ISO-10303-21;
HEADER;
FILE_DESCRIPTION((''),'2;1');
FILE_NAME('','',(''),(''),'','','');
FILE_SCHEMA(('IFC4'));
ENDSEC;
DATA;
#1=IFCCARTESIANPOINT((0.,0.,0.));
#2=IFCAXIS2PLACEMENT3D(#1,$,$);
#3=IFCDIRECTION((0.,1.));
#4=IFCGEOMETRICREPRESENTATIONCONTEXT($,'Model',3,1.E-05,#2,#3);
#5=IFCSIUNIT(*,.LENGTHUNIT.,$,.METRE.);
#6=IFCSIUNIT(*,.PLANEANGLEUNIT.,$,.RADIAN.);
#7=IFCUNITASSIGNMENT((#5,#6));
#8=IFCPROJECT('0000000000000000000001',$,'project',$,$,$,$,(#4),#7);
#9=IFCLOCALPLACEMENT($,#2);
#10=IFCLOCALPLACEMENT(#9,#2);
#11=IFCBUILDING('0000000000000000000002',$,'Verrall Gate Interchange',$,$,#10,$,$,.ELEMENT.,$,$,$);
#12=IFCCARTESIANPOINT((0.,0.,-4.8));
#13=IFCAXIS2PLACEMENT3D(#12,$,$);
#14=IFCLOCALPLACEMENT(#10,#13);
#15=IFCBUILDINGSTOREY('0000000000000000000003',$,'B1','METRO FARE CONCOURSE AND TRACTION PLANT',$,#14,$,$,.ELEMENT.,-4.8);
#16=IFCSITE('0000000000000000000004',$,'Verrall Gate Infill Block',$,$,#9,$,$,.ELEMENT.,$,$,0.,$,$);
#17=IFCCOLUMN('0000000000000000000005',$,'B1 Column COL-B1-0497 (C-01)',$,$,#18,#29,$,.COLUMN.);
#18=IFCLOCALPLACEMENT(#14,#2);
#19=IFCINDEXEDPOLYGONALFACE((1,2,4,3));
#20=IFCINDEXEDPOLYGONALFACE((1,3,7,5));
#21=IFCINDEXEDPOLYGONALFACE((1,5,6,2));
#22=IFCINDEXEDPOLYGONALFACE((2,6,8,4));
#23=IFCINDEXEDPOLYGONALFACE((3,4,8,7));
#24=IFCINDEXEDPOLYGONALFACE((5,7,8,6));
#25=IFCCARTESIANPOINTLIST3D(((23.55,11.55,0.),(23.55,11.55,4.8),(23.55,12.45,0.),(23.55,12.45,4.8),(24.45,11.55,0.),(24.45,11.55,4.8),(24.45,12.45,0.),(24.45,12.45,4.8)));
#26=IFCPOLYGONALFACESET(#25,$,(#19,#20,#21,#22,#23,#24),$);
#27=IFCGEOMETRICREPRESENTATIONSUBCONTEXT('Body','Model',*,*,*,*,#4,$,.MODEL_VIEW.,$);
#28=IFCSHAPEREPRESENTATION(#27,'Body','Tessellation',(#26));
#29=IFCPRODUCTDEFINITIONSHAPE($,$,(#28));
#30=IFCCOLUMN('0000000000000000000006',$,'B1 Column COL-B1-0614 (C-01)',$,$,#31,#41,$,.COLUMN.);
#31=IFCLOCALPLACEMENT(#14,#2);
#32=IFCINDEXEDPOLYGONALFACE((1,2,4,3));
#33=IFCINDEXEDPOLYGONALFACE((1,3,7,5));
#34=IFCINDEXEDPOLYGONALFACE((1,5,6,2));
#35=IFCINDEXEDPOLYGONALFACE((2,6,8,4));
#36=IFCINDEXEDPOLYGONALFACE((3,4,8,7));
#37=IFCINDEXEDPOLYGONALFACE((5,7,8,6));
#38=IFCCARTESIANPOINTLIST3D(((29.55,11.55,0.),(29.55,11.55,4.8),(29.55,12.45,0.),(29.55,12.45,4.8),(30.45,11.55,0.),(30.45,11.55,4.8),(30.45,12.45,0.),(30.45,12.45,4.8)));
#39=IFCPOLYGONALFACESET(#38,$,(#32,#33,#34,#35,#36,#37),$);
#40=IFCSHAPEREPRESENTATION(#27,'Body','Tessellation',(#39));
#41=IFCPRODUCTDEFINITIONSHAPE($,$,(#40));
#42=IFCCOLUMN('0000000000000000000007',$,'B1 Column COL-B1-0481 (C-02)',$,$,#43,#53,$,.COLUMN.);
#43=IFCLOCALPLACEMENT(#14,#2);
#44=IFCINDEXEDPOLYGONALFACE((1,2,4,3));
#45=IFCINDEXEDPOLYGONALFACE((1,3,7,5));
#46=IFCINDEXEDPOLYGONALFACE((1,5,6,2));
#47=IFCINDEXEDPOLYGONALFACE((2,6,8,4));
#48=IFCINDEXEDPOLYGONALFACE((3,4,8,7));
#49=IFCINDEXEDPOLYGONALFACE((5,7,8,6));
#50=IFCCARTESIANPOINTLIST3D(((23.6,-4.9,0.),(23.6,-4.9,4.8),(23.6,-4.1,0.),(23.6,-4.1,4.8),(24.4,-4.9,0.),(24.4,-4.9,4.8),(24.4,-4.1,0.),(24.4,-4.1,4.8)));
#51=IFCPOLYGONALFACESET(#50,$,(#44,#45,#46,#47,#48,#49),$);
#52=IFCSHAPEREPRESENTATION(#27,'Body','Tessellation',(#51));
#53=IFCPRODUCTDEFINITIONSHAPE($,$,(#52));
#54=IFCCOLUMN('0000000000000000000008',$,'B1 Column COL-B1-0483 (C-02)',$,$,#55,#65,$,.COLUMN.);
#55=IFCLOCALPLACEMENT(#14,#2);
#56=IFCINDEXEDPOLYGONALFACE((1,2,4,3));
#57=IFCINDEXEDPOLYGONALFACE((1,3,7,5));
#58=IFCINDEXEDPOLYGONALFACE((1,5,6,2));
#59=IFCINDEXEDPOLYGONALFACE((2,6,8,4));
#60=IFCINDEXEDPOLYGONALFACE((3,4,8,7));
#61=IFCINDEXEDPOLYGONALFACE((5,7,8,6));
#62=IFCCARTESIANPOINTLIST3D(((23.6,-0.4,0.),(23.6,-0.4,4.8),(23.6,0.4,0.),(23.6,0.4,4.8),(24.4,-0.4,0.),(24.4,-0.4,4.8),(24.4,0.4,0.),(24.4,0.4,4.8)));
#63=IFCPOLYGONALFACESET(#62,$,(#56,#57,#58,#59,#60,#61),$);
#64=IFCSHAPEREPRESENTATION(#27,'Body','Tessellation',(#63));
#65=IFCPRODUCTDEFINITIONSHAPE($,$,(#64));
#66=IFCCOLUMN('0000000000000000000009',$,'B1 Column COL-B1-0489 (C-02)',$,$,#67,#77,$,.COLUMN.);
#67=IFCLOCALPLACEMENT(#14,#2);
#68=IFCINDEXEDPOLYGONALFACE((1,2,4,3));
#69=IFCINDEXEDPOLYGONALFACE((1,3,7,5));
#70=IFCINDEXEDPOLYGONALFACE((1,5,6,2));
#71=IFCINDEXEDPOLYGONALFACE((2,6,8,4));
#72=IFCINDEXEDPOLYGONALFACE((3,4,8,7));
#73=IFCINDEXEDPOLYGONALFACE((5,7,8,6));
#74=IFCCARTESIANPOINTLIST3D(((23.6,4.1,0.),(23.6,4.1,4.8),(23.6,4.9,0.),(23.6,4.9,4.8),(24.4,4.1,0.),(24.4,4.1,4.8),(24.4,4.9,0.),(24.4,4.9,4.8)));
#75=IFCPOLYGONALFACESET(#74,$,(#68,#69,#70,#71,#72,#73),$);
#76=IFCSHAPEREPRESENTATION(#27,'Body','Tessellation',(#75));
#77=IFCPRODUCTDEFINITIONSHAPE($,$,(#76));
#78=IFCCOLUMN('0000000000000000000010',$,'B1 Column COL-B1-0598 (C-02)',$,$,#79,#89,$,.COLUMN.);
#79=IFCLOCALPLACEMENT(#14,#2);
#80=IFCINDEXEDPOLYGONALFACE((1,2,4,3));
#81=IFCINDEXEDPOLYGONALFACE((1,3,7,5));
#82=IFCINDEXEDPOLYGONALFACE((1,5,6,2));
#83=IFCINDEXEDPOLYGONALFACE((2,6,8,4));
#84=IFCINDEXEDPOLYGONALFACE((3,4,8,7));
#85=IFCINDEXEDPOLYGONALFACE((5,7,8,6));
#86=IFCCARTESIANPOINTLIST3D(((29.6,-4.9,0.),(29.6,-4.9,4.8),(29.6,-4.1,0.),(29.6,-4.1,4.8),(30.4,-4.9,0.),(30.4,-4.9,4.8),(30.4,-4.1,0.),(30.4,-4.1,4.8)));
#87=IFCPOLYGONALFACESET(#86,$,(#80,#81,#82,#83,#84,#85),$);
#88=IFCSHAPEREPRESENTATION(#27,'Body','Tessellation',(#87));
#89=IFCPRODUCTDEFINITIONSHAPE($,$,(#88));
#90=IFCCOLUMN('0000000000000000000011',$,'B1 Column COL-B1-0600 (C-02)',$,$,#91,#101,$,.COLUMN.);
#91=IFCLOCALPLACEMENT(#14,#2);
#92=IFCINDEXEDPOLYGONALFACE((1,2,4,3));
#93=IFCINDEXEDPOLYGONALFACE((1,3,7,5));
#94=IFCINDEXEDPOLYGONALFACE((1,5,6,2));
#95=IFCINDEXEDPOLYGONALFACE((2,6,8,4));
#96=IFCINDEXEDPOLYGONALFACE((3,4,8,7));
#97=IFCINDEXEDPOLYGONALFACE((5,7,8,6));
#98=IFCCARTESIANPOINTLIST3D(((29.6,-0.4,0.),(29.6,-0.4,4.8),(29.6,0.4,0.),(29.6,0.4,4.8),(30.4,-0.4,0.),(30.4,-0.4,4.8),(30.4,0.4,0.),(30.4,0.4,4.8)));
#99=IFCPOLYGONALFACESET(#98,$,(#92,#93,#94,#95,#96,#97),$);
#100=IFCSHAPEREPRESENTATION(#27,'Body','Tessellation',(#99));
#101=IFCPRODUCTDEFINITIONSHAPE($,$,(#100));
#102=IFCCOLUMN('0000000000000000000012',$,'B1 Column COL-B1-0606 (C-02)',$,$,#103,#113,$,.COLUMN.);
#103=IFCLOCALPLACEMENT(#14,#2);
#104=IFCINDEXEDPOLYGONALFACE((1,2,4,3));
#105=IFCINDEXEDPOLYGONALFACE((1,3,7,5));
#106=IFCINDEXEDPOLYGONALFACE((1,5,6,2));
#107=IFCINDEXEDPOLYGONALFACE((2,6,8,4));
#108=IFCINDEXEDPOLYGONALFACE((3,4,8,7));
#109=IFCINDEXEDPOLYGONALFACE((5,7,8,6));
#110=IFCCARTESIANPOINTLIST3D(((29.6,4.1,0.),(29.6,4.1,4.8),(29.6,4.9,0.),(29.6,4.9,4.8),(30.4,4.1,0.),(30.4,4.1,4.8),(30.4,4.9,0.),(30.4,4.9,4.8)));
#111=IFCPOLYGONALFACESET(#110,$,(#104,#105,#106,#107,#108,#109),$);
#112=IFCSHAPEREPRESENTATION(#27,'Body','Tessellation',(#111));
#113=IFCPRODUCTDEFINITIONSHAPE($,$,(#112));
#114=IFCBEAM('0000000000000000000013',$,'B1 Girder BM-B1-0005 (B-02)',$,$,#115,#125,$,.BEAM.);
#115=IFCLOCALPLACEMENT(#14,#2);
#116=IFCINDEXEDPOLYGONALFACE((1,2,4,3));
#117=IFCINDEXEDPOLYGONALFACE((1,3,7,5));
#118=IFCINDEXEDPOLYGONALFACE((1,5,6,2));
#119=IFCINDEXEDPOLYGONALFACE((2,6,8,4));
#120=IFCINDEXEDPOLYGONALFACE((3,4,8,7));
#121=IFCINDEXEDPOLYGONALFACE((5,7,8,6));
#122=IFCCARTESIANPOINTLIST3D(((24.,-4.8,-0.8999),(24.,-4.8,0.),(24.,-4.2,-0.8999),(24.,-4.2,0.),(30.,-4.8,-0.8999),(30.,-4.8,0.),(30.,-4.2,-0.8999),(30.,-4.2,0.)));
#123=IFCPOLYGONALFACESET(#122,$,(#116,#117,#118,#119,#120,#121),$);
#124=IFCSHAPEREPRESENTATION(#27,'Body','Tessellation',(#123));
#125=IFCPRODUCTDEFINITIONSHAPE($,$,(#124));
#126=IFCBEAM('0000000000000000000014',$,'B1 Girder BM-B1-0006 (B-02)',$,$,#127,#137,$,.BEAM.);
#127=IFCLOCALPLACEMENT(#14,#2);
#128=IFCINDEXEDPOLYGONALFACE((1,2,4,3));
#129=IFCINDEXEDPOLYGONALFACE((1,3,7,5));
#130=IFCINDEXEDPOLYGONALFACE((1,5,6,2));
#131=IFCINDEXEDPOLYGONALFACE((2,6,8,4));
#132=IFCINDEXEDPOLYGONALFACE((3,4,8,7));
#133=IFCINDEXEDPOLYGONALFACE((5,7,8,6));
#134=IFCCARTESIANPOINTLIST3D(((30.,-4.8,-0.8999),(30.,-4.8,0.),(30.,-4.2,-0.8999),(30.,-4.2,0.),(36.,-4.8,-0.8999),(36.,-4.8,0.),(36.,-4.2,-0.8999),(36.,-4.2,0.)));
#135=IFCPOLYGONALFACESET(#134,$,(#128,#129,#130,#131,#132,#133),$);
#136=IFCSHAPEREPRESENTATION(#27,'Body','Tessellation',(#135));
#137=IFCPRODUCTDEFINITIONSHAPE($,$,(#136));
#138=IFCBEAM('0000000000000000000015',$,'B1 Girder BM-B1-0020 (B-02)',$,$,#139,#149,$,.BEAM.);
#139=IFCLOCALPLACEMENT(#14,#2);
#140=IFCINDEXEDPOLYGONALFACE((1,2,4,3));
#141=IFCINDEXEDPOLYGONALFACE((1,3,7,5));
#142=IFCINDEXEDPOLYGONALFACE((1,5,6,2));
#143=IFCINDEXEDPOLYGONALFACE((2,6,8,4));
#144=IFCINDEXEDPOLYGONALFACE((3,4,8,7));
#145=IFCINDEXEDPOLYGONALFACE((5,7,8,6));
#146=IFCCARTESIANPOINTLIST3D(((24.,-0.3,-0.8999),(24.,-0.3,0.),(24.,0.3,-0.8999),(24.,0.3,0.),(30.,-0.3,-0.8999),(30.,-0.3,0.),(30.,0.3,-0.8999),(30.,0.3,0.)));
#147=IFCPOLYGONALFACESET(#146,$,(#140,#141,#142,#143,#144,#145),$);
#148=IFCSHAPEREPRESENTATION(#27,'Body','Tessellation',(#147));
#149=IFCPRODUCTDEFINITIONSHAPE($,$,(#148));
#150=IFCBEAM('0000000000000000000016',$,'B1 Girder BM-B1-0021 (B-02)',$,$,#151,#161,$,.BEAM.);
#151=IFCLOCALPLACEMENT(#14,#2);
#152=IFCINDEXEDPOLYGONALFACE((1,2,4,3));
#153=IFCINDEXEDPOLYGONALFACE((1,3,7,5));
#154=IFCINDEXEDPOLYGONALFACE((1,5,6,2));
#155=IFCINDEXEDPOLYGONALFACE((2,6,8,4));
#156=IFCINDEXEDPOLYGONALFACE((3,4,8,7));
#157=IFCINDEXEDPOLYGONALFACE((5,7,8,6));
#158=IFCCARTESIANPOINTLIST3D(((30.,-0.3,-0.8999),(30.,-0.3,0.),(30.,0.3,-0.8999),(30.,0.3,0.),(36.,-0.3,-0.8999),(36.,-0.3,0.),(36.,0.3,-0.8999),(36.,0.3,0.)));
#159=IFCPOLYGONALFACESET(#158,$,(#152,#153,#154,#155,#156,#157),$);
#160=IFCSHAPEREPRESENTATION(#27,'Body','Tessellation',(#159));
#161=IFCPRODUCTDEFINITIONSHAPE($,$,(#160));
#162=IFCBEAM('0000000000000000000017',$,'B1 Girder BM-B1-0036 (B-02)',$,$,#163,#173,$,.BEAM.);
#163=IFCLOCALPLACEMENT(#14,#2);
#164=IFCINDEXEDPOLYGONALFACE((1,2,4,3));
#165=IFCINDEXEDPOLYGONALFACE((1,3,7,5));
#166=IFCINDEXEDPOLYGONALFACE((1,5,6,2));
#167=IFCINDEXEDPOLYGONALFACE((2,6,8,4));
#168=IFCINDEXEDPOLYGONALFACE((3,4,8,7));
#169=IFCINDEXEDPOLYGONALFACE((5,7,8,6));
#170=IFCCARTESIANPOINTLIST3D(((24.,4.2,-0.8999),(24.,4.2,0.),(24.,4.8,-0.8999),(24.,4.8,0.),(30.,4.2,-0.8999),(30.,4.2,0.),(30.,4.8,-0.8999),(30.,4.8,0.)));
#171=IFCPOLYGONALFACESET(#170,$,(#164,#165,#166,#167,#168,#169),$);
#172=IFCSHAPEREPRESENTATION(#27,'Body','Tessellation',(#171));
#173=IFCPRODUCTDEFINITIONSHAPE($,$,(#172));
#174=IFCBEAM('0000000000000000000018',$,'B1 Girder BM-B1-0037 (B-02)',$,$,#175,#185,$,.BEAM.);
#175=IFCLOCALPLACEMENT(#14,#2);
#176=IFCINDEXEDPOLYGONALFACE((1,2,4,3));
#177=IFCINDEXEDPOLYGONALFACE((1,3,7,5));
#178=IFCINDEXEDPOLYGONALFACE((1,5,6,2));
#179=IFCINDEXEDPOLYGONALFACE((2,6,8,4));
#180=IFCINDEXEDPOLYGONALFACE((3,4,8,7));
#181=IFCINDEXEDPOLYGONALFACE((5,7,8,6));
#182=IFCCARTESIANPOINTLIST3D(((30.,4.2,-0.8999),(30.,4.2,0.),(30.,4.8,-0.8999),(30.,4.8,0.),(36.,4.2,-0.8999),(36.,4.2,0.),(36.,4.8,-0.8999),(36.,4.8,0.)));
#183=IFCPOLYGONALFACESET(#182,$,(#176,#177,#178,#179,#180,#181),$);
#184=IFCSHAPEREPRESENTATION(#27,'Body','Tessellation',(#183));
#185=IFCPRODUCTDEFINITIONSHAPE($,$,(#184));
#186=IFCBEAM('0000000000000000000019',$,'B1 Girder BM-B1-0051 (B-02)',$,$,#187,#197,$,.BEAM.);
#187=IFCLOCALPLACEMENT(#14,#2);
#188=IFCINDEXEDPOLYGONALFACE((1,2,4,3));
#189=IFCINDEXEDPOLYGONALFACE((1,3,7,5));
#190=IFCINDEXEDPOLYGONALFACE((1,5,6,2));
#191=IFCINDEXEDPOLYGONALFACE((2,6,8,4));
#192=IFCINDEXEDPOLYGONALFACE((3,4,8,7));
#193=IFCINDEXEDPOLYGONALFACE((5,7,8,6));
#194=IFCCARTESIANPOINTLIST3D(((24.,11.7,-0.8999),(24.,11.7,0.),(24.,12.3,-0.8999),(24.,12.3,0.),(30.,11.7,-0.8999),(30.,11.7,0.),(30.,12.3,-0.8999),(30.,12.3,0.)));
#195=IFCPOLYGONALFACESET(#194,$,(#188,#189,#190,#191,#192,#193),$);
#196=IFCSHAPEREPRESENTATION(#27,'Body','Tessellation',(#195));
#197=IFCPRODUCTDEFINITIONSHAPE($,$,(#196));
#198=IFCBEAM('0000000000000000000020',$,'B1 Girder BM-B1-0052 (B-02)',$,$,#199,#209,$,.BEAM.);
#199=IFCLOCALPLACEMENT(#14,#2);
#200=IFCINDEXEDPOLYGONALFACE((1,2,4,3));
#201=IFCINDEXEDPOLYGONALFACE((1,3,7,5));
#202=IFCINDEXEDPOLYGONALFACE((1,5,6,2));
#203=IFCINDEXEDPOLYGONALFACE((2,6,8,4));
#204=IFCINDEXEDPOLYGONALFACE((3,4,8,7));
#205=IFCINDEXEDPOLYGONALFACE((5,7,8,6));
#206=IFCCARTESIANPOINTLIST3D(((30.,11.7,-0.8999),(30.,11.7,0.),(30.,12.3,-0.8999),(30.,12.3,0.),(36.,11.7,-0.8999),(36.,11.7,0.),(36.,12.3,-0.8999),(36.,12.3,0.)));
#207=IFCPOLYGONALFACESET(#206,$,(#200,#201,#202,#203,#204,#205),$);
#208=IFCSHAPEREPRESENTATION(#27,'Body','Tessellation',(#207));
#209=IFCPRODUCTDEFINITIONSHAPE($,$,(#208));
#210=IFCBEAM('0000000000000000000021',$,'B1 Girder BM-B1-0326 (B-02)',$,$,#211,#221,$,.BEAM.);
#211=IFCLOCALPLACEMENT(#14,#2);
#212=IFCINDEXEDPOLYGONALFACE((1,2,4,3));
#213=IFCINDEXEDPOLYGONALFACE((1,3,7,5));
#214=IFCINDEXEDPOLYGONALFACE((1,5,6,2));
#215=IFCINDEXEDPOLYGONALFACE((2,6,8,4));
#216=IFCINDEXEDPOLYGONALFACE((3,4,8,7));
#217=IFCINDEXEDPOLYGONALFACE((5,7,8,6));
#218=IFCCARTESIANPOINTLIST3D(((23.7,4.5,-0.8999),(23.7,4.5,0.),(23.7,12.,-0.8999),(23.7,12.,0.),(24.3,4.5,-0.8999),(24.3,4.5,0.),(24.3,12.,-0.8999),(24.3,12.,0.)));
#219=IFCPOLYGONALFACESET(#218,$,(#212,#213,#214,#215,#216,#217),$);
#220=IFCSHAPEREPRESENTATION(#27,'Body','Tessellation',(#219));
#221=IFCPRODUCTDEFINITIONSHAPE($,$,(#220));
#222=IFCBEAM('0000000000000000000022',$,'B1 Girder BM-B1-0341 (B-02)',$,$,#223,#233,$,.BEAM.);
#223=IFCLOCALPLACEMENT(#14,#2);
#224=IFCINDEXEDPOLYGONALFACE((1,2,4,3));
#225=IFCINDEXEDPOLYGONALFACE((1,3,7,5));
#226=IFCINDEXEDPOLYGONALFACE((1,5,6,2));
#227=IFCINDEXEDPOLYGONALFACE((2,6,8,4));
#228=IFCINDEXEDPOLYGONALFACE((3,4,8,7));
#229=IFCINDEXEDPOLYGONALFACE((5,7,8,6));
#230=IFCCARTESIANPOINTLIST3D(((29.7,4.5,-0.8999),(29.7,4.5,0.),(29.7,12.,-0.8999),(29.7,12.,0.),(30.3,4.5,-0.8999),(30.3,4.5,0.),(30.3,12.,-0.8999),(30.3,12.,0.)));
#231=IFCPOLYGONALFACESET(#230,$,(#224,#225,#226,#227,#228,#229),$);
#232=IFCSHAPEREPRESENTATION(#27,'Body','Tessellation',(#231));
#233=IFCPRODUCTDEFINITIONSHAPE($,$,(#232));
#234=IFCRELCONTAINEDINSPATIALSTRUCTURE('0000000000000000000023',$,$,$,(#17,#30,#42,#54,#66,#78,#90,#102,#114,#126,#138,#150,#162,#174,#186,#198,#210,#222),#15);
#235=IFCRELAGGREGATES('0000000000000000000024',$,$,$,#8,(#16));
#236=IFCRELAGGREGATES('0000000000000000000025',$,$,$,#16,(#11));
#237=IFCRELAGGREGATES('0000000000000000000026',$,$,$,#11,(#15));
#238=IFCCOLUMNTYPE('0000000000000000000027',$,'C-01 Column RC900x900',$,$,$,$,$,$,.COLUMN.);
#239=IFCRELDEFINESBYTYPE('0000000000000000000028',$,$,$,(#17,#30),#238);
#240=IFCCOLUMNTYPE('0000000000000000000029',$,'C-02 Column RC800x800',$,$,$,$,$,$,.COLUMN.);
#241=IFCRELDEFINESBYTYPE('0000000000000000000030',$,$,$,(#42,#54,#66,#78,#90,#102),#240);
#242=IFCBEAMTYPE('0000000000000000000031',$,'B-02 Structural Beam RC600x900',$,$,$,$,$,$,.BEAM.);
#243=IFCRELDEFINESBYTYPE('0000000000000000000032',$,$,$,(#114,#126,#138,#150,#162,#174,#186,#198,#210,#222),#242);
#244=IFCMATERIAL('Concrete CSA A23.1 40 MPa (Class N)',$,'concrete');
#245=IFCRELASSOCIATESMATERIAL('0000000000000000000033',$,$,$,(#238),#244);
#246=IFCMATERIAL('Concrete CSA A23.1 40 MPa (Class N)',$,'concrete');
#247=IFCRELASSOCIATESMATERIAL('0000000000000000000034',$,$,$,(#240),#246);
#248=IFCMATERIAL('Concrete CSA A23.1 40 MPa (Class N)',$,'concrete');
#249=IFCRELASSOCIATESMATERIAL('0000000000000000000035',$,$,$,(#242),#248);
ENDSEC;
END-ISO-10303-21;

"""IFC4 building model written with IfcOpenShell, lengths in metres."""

from ifc_helpers import new_model, si_unit, direction, frame, origin, origin_2d, place, context, subcontext, project, spatial, rectangle, extrude, material, material_profile, profile_set, type_object, element, save


model = new_model("IFC4")

# Units and contexts
model_context = context("Model", 3, precision=1e-05, world=origin(), true_north=direction((0.0, 1.0)))
body_context = subcontext(model_context, "Body", "Model", "MODEL_VIEW")
ifc_project = project(units=[si_unit("LENGTHUNIT", "METRE"), si_unit("PLANEANGLEUNIT", "RADIAN")], contexts=[model_context])

# Site, building, storey
site_placement = place(None, origin())
site = spatial("IfcSite", under=ifc_project, at=site_placement, Name="Verrall Gate Infill Block", CompositionType="ELEMENT", RefElevation=0.0)
building_placement = place(site_placement, origin())
building = spatial("IfcBuilding", under=site, at=building_placement, Name="Verrall Gate Interchange", CompositionType="ELEMENT")
storey_placement = place(building_placement, frame((0.0, 0.0, -4.8)))
storey = spatial("IfcBuildingStorey", under=building, at=storey_placement, Name="B1", Description="METRO FARE CONCOURSE AND TRACTION PLANT", CompositionType="ELEMENT", Elevation=-4.8)

# Columns
ifc_material_1 = material(Name="Concrete CSA A23.1 40 MPa (Class N)", Category="concrete")
ifc_material_profile_1 = material_profile(ifc_material_1, rectangle(XDim=0.8999, YDim=0.8999, at=origin_2d()), Name="RC900x900")
ifc_profile_set_1 = profile_set([ifc_material_profile_1], Name="Concrete CSA A23.1 40 MPa (Class N)")
column_type_1 = type_object("IfcColumnType", Name="C-01 Column RC900x900", PredefinedType="COLUMN", material=ifc_profile_set_1)
for number, where, z_axis, x_axis, name in (
    (1, (24.0, 12.0, 0.0), (0.0, 0.0, 1.0), (1.0, 0.0, 0.0), "B1 Column COL-B1-0497 (C-01)"),
    (2, (30.0, 12.0, 0.0), (0.0, 0.0, 1.0), (1.0, 0.0, 0.0), "B1 Column COL-B1-0614 (C-01)"),
):
    element("IfcColumn", number, at=place(storey_placement, frame(where, z_axis=z_axis, x_axis=x_axis)), inside=storey, type_object=column_type_1, Name=name, PredefinedType="COLUMN", context=body_context, shape_type="SweptSolid", body=[
        extrude(rectangle(XDim=0.8999, YDim=0.8999, at=origin_2d()), origin(), (0.0, 0.0, 1.0), 4.8),
    ])
ifc_material_2 = material(Name="Concrete CSA A23.1 40 MPa (Class N)", Category="concrete")
ifc_material_profile_2 = material_profile(ifc_material_2, rectangle(XDim=0.8, YDim=0.8, at=origin_2d()), Name="RC800x800")
ifc_profile_set_2 = profile_set([ifc_material_profile_2], Name="Concrete CSA A23.1 40 MPa (Class N)")
column_type_2 = type_object("IfcColumnType", Name="C-02 Column RC800x800", PredefinedType="COLUMN", material=ifc_profile_set_2)
for number, where, z_axis, x_axis, name in (
    (3, (24.0, -4.5, 0.0), (0.0, 0.0, 1.0), (1.0, 0.0, 0.0), "B1 Column COL-B1-0481 (C-02)"),
    (4, (24.0, 0.0, 0.0), (0.0, 0.0, 1.0), (1.0, 0.0, 0.0), "B1 Column COL-B1-0483 (C-02)"),
    (5, (24.0, 4.5, 0.0), (0.0, 0.0, 1.0), (1.0, 0.0, 0.0), "B1 Column COL-B1-0489 (C-02)"),
    (6, (30.0, -4.5, 0.0), (0.0, 0.0, 1.0), (1.0, 0.0, 0.0), "B1 Column COL-B1-0598 (C-02)"),
    (7, (30.0, 0.0, 0.0), (0.0, 0.0, 1.0), (1.0, 0.0, 0.0), "B1 Column COL-B1-0600 (C-02)"),
    (8, (30.0, 4.5, 0.0), (0.0, 0.0, 1.0), (1.0, 0.0, 0.0), "B1 Column COL-B1-0606 (C-02)"),
):
    element("IfcColumn", number, at=place(storey_placement, frame(where, z_axis=z_axis, x_axis=x_axis)), inside=storey, type_object=column_type_2, Name=name, PredefinedType="COLUMN", context=body_context, shape_type="SweptSolid", body=[
        extrude(rectangle(XDim=0.8, YDim=0.8, at=origin_2d()), origin(), (0.0, 0.0, 1.0), 4.8),
    ])

# Beams
ifc_material_3 = material(Name="Concrete CSA A23.1 40 MPa (Class N)", Category="concrete")
ifc_material_profile_3 = material_profile(ifc_material_3, rectangle(XDim=0.6001, YDim=0.8999, at=origin_2d()), Name="RC600x900")
ifc_profile_set_3 = profile_set([ifc_material_profile_3], Name="Concrete CSA A23.1 40 MPa (Class N)")
beam_type_1 = type_object("IfcBeamType", Name="B-02 Structural Beam RC600x900", PredefinedType="BEAM", material=ifc_profile_set_3)
for number, where, z_axis, x_axis, name in (
    (9, (24.0, -4.5, -0.45), (1.0, 0.0, 0.0), (0.0, 1.0, 0.0), "B1 Girder BM-B1-0005 (B-02)"),
    (10, (30.0, -4.5, -0.45), (1.0, 0.0, 0.0), (0.0, 1.0, 0.0), "B1 Girder BM-B1-0006 (B-02)"),
    (11, (24.0, 0.0, -0.45), (1.0, 0.0, 0.0), (0.0, 1.0, 0.0), "B1 Girder BM-B1-0020 (B-02)"),
    (12, (30.0, 0.0, -0.45), (1.0, 0.0, 0.0), (0.0, 1.0, 0.0), "B1 Girder BM-B1-0021 (B-02)"),
    (13, (24.0, 4.5, -0.45), (1.0, 0.0, 0.0), (0.0, 1.0, 0.0), "B1 Girder BM-B1-0036 (B-02)"),
    (14, (30.0, 4.5, -0.45), (1.0, 0.0, 0.0), (0.0, 1.0, 0.0), "B1 Girder BM-B1-0037 (B-02)"),
    (15, (24.0, 12.0, -0.45), (1.0, 0.0, 0.0), (0.0, 1.0, 0.0), "B1 Girder BM-B1-0051 (B-02)"),
    (16, (30.0, 12.0, -0.45), (1.0, 0.0, 0.0), (0.0, 1.0, 0.0), "B1 Girder BM-B1-0052 (B-02)"),
):
    element("IfcBeam", number, at=place(storey_placement, frame(where, z_axis=z_axis, x_axis=x_axis)), inside=storey, type_object=beam_type_1, Name=name, PredefinedType="BEAM", context=body_context, shape_type="SweptSolid", body=[
        extrude(rectangle(XDim=0.6001, YDim=0.8999, at=origin_2d()), origin(), (0.0, 0.0, 1.0), 6.0),
    ])
for number, where, z_axis, x_axis, name in (
    (17, (24.0, 4.5, -0.45), (0.0, 1.0, 0.0), (-1.0, 0.0, 0.0), "B1 Girder BM-B1-0326 (B-02)"),
    (18, (30.0, 4.5, -0.45), (0.0, 1.0, 0.0), (-1.0, 0.0, 0.0), "B1 Girder BM-B1-0341 (B-02)"),
):
    element("IfcBeam", number, at=place(storey_placement, frame(where, z_axis=z_axis, x_axis=x_axis)), inside=storey, type_object=beam_type_1, Name=name, PredefinedType="BEAM", context=body_context, shape_type="SweptSolid", body=[
        extrude(rectangle(XDim=0.6001, YDim=0.8999, at=origin_2d()), origin(), (0.0, 0.0, 1.0), 7.5),
    ])

save(model, "model.ifc")
